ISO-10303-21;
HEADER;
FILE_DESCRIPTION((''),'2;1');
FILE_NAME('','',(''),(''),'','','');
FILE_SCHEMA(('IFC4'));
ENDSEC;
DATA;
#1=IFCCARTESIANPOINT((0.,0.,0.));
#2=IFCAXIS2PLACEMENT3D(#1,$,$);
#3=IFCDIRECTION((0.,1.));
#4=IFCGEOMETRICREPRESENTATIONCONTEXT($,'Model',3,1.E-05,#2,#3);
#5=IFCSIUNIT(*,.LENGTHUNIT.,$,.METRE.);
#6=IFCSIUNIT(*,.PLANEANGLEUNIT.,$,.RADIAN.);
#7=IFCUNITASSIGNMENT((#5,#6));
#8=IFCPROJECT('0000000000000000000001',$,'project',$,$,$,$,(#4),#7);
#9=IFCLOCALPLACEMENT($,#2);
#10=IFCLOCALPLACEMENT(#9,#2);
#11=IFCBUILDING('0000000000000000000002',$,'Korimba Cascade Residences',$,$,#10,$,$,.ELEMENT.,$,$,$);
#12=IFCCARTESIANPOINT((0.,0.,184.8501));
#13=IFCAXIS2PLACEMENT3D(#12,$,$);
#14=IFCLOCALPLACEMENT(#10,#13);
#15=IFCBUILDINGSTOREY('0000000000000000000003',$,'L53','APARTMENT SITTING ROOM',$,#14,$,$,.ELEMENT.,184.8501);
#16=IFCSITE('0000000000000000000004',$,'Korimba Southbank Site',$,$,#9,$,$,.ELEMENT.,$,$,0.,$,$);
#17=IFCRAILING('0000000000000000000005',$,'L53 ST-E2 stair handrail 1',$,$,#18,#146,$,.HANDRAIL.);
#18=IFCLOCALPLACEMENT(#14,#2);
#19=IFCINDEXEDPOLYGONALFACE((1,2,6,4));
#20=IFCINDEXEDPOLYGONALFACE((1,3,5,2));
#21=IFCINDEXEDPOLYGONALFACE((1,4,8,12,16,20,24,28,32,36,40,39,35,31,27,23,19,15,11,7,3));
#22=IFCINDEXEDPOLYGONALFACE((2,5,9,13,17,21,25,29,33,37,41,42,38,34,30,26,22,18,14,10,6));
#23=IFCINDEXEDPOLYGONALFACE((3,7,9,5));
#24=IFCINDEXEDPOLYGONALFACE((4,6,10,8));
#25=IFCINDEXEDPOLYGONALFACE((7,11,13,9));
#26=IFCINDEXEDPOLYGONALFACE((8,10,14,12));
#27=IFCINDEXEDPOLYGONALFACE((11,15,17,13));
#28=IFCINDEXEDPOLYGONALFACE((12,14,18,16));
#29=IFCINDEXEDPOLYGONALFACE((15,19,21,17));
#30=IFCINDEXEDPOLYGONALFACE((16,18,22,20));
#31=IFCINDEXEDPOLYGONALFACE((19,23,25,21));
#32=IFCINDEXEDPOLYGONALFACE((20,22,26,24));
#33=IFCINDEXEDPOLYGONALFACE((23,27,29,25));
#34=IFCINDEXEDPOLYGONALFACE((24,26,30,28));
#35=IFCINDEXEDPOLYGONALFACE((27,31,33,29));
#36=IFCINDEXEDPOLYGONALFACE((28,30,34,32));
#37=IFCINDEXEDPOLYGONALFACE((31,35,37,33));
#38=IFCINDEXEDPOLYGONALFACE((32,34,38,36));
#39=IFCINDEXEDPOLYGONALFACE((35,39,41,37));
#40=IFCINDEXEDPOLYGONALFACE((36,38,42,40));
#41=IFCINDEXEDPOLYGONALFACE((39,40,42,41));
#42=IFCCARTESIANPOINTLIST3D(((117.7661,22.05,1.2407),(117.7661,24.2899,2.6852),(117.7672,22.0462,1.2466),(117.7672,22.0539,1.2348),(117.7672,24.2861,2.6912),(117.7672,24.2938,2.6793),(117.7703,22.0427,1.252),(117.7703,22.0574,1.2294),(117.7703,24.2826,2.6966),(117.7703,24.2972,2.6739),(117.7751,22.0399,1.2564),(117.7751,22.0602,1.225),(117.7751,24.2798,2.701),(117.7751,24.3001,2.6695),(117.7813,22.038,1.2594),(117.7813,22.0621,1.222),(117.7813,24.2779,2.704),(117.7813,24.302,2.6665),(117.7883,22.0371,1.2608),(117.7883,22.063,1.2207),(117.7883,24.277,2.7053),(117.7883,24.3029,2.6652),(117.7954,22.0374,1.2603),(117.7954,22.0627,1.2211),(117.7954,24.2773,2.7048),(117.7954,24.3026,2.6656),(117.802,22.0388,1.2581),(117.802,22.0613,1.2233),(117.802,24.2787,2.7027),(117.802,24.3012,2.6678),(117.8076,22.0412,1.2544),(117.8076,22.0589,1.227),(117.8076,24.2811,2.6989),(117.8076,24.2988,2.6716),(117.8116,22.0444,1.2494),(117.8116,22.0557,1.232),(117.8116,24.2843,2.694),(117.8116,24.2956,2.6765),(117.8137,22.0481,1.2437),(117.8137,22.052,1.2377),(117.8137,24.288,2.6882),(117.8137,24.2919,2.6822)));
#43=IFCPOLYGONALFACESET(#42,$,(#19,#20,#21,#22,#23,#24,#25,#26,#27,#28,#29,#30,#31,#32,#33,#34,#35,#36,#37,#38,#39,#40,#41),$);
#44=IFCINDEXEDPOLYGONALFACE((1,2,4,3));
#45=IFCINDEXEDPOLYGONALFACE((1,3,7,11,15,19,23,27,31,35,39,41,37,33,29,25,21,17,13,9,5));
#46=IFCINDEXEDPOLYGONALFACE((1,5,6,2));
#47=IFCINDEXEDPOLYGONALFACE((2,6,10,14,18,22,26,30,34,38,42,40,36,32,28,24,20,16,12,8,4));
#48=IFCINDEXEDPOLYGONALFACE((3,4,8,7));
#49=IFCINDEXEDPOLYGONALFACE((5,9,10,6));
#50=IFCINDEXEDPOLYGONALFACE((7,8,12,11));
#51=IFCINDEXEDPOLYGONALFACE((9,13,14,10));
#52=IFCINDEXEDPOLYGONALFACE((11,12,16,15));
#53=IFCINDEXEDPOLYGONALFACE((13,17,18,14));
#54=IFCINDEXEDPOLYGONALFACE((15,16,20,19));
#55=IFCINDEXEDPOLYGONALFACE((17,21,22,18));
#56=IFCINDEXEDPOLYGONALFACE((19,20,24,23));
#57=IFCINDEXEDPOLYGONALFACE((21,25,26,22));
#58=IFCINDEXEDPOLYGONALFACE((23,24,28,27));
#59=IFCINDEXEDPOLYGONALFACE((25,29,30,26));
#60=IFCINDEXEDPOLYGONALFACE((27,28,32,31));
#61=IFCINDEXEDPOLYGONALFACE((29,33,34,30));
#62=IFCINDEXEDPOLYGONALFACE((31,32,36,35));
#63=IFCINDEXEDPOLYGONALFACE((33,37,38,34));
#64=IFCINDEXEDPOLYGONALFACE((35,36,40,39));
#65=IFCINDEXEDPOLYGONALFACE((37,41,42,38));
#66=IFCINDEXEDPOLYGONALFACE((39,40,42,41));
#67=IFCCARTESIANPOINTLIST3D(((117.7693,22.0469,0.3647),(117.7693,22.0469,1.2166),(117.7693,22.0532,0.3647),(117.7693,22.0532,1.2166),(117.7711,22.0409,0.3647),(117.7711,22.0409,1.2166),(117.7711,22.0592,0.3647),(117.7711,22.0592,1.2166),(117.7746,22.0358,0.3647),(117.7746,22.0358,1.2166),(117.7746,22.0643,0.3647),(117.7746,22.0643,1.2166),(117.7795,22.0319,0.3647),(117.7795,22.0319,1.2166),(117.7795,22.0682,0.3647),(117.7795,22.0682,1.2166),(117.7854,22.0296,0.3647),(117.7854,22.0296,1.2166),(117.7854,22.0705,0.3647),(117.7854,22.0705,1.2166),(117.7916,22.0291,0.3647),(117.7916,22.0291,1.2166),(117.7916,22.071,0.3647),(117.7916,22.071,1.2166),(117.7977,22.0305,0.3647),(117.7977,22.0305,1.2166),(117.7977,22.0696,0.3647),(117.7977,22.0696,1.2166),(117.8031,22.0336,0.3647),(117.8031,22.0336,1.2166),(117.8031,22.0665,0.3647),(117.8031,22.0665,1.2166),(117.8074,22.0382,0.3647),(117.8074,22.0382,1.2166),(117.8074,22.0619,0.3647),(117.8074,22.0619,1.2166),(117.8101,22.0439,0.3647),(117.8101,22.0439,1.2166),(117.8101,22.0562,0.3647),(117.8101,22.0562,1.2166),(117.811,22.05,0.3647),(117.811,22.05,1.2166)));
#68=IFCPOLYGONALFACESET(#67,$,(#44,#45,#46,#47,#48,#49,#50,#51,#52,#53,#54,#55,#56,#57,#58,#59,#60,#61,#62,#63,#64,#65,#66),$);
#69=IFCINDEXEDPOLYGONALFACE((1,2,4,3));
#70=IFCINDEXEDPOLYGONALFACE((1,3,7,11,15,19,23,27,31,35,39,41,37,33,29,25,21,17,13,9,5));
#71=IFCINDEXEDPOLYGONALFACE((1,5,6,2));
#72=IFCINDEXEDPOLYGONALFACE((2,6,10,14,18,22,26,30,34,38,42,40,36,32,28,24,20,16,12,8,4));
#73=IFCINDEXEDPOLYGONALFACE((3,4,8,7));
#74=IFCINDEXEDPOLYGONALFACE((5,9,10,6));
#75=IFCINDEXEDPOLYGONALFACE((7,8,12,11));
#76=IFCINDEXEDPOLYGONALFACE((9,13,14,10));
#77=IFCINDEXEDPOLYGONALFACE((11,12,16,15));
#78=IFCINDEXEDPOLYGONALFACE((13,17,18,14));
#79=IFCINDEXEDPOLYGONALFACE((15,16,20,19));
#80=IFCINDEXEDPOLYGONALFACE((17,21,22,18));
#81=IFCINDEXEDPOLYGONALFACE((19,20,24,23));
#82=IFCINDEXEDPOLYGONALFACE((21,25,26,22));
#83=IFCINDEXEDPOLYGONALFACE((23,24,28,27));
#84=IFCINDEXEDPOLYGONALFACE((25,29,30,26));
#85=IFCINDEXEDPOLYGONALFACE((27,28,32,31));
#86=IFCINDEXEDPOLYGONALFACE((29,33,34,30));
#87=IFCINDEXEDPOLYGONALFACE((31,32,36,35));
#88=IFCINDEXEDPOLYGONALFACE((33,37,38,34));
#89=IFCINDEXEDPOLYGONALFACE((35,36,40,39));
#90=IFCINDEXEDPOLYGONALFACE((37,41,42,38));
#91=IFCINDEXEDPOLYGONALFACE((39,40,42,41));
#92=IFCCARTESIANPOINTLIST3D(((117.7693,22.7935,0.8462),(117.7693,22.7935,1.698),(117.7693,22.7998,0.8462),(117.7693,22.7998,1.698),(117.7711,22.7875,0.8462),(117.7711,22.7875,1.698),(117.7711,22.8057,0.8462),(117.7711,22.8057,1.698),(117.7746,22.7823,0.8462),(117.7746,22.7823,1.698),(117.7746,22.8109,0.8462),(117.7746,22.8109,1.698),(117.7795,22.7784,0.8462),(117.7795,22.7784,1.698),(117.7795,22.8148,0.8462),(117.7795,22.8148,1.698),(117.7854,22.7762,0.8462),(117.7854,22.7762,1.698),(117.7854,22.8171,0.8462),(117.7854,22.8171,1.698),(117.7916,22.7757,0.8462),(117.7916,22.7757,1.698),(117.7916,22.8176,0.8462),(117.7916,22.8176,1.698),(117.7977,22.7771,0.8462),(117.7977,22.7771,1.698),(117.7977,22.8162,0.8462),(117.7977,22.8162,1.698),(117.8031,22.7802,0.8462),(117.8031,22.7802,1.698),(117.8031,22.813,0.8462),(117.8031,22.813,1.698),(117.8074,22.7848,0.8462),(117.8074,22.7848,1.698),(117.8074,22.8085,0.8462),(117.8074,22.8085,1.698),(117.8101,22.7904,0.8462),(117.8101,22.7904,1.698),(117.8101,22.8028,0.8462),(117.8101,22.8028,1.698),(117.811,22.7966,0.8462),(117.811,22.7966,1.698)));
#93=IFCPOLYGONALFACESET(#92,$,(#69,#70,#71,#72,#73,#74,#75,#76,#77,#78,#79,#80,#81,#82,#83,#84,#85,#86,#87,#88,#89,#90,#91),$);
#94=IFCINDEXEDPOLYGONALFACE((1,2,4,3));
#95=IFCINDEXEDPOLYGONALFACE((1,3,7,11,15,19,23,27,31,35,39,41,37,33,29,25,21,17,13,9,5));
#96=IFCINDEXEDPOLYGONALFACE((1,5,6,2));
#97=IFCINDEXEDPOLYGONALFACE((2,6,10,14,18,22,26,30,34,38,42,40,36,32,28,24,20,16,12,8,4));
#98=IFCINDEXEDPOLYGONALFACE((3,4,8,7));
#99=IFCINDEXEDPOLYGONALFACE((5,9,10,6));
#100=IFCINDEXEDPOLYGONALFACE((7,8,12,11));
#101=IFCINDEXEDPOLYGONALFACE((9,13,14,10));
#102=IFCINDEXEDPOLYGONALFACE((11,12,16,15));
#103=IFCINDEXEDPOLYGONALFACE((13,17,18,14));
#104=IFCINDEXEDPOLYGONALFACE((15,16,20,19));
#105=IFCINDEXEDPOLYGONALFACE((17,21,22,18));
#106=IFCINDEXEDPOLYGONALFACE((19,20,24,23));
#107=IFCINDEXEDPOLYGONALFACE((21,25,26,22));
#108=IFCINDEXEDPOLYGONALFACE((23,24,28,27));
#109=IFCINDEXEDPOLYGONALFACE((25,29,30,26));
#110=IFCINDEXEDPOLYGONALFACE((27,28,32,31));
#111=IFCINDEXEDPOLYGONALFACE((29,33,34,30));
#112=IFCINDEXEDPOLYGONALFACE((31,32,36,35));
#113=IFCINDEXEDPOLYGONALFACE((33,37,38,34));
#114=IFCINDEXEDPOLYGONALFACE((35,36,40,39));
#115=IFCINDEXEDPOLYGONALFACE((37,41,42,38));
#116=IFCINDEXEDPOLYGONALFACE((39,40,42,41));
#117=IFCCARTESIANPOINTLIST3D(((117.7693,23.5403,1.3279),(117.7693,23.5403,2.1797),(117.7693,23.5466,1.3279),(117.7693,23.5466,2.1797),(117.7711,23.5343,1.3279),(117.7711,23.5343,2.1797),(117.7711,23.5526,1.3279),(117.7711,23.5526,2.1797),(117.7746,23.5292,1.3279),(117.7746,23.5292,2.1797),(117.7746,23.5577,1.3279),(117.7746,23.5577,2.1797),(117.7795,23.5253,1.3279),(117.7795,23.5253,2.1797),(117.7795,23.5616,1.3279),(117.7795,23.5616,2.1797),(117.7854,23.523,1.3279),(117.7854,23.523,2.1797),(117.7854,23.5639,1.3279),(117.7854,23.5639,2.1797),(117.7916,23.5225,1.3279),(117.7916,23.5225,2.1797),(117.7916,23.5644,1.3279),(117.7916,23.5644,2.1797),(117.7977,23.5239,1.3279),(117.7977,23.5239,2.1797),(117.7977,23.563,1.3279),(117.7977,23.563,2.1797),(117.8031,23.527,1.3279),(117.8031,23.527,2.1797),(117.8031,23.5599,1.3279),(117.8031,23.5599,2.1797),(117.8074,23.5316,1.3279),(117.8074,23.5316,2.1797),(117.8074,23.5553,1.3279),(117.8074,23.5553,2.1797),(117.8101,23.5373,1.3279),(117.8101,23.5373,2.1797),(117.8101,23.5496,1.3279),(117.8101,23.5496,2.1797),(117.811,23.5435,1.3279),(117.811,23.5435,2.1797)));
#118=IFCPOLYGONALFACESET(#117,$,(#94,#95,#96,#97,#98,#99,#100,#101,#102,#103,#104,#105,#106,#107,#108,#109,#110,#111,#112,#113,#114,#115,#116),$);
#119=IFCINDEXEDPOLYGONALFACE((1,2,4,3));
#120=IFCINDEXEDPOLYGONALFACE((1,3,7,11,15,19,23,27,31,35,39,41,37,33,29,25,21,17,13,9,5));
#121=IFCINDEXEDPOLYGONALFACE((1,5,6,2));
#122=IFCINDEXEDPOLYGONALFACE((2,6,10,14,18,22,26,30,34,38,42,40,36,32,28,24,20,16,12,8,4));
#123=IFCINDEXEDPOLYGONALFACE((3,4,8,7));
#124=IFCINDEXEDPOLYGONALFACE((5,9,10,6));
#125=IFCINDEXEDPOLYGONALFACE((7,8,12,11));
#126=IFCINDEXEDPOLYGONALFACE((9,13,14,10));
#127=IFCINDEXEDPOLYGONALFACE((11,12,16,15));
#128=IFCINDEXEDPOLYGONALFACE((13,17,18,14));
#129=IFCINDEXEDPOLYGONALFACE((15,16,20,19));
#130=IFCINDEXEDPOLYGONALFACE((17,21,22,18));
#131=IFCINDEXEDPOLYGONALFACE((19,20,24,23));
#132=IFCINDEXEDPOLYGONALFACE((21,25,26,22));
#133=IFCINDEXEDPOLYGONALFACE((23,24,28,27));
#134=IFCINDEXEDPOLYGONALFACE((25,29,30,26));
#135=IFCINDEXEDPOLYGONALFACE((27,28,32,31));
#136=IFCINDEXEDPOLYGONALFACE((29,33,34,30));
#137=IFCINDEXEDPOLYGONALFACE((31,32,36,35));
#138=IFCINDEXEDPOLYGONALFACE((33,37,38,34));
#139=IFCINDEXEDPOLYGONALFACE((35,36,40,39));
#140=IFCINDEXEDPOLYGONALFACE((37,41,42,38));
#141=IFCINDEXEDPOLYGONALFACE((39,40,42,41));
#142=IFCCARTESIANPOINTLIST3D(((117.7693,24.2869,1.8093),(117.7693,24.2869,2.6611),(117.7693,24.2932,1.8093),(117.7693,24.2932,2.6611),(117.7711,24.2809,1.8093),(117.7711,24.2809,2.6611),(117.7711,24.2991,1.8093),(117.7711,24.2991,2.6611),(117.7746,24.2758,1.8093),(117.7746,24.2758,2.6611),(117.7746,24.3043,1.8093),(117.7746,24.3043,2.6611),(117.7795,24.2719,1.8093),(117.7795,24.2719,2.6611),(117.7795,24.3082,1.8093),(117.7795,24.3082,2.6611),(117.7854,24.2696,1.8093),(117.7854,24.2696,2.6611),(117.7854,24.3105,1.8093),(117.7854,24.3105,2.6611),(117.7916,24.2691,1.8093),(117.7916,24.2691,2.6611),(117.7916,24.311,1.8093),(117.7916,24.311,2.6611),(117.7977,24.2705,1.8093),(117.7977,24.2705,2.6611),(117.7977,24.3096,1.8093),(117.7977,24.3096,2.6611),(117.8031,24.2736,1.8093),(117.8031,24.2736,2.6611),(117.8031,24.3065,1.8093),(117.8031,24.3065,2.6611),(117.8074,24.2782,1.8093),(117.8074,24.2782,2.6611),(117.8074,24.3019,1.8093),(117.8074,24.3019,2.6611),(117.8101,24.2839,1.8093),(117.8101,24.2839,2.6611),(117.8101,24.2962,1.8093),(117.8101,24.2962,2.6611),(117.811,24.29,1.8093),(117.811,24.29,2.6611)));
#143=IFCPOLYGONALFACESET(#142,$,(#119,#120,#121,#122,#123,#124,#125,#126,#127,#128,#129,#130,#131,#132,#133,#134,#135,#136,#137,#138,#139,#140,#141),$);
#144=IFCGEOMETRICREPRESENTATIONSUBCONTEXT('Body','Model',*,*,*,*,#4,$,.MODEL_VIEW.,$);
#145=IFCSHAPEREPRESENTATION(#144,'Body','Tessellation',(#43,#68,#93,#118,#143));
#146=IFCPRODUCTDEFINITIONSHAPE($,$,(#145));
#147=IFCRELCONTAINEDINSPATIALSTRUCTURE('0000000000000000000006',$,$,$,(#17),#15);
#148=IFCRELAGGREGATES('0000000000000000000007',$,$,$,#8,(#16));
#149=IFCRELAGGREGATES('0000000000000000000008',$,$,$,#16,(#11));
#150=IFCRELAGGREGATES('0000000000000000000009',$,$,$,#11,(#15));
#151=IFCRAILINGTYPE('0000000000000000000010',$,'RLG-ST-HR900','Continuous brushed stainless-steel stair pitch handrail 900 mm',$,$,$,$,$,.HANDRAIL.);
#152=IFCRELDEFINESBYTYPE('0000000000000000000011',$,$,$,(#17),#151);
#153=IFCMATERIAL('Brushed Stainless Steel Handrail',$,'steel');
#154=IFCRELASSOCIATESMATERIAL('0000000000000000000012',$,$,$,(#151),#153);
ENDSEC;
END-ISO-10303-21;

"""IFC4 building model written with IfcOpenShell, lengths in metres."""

from ifc_helpers import new_model, si_unit, direction, frame, origin, origin_2d, place, context, subcontext, project, spatial, circle, extrude, material, type_object, element, save


model = new_model("IFC4")

# Units and contexts
model_context = context("Model", 3, precision=1e-05, world=origin(), true_north=direction((0.0, 1.0)))
body_context = subcontext(model_context, "Body", "Model", "MODEL_VIEW")
ifc_project = project(units=[si_unit("LENGTHUNIT", "METRE"), si_unit("PLANEANGLEUNIT", "RADIAN")], contexts=[model_context])

# Site, building, storey
site_placement = place(None, origin())
site = spatial("IfcSite", under=ifc_project, at=site_placement, Name="Korimba Southbank Site", CompositionType="ELEMENT", RefElevation=0.0)
building_placement = place(site_placement, origin())
building = spatial("IfcBuilding", under=site, at=building_placement, Name="Korimba Cascade Residences", CompositionType="ELEMENT")
storey_placement = place(building_placement, frame((0.0, 0.0, 184.8501)))
storey = spatial("IfcBuildingStorey", under=building, at=storey_placement, Name="L53", Description="APARTMENT SITTING ROOM", CompositionType="ELEMENT", Elevation=184.8501)

# Railing
ifc_material_1 = material(Name="Brushed Stainless Steel Handrail", Category="steel")
railing_type_1 = type_object("IfcRailingType", Name="RLG-ST-HR900", Description="Continuous brushed stainless-steel stair pitch handrail 900 mm", PredefinedType="HANDRAIL", material=ifc_material_1)
railing_1_placement = place(storey_placement, frame((117.79, 22.05, 0.3647)))
element("IfcRailing", 1, at=railing_1_placement, inside=storey, type_object=railing_type_1, Name="L53 ST-E2 stair handrail 1", PredefinedType="HANDRAIL", context=body_context, shape_type="SweptSolid", body=[
    extrude(circle(Radius=0.0239, at=origin_2d()), frame((0.0, 0.0, 0.876), z_axis=(0.0, 0.840395, 0.541975), x_axis=(-1.0, 0.0, 0.0)), (0.0, 0.0, 1.0), 2.6653),
    extrude(circle(Radius=0.021, at=origin_2d()), origin(), (0.0, 0.0, 1.0), 0.8518),
    extrude(circle(Radius=0.021, at=origin_2d()), frame((0.0, 0.7466, 0.4814)), (0.0, 0.0, 1.0), 0.8518),
    extrude(circle(Radius=0.021, at=origin_2d()), frame((0.0, 1.4934, 0.9631)), (0.0, 0.0, 1.0), 0.8518),
    extrude(circle(Radius=0.021, at=origin_2d()), frame((0.0, 2.24, 1.4446)), (0.0, 0.0, 1.0), 0.8518),
])

save(model, "model.ifc")
